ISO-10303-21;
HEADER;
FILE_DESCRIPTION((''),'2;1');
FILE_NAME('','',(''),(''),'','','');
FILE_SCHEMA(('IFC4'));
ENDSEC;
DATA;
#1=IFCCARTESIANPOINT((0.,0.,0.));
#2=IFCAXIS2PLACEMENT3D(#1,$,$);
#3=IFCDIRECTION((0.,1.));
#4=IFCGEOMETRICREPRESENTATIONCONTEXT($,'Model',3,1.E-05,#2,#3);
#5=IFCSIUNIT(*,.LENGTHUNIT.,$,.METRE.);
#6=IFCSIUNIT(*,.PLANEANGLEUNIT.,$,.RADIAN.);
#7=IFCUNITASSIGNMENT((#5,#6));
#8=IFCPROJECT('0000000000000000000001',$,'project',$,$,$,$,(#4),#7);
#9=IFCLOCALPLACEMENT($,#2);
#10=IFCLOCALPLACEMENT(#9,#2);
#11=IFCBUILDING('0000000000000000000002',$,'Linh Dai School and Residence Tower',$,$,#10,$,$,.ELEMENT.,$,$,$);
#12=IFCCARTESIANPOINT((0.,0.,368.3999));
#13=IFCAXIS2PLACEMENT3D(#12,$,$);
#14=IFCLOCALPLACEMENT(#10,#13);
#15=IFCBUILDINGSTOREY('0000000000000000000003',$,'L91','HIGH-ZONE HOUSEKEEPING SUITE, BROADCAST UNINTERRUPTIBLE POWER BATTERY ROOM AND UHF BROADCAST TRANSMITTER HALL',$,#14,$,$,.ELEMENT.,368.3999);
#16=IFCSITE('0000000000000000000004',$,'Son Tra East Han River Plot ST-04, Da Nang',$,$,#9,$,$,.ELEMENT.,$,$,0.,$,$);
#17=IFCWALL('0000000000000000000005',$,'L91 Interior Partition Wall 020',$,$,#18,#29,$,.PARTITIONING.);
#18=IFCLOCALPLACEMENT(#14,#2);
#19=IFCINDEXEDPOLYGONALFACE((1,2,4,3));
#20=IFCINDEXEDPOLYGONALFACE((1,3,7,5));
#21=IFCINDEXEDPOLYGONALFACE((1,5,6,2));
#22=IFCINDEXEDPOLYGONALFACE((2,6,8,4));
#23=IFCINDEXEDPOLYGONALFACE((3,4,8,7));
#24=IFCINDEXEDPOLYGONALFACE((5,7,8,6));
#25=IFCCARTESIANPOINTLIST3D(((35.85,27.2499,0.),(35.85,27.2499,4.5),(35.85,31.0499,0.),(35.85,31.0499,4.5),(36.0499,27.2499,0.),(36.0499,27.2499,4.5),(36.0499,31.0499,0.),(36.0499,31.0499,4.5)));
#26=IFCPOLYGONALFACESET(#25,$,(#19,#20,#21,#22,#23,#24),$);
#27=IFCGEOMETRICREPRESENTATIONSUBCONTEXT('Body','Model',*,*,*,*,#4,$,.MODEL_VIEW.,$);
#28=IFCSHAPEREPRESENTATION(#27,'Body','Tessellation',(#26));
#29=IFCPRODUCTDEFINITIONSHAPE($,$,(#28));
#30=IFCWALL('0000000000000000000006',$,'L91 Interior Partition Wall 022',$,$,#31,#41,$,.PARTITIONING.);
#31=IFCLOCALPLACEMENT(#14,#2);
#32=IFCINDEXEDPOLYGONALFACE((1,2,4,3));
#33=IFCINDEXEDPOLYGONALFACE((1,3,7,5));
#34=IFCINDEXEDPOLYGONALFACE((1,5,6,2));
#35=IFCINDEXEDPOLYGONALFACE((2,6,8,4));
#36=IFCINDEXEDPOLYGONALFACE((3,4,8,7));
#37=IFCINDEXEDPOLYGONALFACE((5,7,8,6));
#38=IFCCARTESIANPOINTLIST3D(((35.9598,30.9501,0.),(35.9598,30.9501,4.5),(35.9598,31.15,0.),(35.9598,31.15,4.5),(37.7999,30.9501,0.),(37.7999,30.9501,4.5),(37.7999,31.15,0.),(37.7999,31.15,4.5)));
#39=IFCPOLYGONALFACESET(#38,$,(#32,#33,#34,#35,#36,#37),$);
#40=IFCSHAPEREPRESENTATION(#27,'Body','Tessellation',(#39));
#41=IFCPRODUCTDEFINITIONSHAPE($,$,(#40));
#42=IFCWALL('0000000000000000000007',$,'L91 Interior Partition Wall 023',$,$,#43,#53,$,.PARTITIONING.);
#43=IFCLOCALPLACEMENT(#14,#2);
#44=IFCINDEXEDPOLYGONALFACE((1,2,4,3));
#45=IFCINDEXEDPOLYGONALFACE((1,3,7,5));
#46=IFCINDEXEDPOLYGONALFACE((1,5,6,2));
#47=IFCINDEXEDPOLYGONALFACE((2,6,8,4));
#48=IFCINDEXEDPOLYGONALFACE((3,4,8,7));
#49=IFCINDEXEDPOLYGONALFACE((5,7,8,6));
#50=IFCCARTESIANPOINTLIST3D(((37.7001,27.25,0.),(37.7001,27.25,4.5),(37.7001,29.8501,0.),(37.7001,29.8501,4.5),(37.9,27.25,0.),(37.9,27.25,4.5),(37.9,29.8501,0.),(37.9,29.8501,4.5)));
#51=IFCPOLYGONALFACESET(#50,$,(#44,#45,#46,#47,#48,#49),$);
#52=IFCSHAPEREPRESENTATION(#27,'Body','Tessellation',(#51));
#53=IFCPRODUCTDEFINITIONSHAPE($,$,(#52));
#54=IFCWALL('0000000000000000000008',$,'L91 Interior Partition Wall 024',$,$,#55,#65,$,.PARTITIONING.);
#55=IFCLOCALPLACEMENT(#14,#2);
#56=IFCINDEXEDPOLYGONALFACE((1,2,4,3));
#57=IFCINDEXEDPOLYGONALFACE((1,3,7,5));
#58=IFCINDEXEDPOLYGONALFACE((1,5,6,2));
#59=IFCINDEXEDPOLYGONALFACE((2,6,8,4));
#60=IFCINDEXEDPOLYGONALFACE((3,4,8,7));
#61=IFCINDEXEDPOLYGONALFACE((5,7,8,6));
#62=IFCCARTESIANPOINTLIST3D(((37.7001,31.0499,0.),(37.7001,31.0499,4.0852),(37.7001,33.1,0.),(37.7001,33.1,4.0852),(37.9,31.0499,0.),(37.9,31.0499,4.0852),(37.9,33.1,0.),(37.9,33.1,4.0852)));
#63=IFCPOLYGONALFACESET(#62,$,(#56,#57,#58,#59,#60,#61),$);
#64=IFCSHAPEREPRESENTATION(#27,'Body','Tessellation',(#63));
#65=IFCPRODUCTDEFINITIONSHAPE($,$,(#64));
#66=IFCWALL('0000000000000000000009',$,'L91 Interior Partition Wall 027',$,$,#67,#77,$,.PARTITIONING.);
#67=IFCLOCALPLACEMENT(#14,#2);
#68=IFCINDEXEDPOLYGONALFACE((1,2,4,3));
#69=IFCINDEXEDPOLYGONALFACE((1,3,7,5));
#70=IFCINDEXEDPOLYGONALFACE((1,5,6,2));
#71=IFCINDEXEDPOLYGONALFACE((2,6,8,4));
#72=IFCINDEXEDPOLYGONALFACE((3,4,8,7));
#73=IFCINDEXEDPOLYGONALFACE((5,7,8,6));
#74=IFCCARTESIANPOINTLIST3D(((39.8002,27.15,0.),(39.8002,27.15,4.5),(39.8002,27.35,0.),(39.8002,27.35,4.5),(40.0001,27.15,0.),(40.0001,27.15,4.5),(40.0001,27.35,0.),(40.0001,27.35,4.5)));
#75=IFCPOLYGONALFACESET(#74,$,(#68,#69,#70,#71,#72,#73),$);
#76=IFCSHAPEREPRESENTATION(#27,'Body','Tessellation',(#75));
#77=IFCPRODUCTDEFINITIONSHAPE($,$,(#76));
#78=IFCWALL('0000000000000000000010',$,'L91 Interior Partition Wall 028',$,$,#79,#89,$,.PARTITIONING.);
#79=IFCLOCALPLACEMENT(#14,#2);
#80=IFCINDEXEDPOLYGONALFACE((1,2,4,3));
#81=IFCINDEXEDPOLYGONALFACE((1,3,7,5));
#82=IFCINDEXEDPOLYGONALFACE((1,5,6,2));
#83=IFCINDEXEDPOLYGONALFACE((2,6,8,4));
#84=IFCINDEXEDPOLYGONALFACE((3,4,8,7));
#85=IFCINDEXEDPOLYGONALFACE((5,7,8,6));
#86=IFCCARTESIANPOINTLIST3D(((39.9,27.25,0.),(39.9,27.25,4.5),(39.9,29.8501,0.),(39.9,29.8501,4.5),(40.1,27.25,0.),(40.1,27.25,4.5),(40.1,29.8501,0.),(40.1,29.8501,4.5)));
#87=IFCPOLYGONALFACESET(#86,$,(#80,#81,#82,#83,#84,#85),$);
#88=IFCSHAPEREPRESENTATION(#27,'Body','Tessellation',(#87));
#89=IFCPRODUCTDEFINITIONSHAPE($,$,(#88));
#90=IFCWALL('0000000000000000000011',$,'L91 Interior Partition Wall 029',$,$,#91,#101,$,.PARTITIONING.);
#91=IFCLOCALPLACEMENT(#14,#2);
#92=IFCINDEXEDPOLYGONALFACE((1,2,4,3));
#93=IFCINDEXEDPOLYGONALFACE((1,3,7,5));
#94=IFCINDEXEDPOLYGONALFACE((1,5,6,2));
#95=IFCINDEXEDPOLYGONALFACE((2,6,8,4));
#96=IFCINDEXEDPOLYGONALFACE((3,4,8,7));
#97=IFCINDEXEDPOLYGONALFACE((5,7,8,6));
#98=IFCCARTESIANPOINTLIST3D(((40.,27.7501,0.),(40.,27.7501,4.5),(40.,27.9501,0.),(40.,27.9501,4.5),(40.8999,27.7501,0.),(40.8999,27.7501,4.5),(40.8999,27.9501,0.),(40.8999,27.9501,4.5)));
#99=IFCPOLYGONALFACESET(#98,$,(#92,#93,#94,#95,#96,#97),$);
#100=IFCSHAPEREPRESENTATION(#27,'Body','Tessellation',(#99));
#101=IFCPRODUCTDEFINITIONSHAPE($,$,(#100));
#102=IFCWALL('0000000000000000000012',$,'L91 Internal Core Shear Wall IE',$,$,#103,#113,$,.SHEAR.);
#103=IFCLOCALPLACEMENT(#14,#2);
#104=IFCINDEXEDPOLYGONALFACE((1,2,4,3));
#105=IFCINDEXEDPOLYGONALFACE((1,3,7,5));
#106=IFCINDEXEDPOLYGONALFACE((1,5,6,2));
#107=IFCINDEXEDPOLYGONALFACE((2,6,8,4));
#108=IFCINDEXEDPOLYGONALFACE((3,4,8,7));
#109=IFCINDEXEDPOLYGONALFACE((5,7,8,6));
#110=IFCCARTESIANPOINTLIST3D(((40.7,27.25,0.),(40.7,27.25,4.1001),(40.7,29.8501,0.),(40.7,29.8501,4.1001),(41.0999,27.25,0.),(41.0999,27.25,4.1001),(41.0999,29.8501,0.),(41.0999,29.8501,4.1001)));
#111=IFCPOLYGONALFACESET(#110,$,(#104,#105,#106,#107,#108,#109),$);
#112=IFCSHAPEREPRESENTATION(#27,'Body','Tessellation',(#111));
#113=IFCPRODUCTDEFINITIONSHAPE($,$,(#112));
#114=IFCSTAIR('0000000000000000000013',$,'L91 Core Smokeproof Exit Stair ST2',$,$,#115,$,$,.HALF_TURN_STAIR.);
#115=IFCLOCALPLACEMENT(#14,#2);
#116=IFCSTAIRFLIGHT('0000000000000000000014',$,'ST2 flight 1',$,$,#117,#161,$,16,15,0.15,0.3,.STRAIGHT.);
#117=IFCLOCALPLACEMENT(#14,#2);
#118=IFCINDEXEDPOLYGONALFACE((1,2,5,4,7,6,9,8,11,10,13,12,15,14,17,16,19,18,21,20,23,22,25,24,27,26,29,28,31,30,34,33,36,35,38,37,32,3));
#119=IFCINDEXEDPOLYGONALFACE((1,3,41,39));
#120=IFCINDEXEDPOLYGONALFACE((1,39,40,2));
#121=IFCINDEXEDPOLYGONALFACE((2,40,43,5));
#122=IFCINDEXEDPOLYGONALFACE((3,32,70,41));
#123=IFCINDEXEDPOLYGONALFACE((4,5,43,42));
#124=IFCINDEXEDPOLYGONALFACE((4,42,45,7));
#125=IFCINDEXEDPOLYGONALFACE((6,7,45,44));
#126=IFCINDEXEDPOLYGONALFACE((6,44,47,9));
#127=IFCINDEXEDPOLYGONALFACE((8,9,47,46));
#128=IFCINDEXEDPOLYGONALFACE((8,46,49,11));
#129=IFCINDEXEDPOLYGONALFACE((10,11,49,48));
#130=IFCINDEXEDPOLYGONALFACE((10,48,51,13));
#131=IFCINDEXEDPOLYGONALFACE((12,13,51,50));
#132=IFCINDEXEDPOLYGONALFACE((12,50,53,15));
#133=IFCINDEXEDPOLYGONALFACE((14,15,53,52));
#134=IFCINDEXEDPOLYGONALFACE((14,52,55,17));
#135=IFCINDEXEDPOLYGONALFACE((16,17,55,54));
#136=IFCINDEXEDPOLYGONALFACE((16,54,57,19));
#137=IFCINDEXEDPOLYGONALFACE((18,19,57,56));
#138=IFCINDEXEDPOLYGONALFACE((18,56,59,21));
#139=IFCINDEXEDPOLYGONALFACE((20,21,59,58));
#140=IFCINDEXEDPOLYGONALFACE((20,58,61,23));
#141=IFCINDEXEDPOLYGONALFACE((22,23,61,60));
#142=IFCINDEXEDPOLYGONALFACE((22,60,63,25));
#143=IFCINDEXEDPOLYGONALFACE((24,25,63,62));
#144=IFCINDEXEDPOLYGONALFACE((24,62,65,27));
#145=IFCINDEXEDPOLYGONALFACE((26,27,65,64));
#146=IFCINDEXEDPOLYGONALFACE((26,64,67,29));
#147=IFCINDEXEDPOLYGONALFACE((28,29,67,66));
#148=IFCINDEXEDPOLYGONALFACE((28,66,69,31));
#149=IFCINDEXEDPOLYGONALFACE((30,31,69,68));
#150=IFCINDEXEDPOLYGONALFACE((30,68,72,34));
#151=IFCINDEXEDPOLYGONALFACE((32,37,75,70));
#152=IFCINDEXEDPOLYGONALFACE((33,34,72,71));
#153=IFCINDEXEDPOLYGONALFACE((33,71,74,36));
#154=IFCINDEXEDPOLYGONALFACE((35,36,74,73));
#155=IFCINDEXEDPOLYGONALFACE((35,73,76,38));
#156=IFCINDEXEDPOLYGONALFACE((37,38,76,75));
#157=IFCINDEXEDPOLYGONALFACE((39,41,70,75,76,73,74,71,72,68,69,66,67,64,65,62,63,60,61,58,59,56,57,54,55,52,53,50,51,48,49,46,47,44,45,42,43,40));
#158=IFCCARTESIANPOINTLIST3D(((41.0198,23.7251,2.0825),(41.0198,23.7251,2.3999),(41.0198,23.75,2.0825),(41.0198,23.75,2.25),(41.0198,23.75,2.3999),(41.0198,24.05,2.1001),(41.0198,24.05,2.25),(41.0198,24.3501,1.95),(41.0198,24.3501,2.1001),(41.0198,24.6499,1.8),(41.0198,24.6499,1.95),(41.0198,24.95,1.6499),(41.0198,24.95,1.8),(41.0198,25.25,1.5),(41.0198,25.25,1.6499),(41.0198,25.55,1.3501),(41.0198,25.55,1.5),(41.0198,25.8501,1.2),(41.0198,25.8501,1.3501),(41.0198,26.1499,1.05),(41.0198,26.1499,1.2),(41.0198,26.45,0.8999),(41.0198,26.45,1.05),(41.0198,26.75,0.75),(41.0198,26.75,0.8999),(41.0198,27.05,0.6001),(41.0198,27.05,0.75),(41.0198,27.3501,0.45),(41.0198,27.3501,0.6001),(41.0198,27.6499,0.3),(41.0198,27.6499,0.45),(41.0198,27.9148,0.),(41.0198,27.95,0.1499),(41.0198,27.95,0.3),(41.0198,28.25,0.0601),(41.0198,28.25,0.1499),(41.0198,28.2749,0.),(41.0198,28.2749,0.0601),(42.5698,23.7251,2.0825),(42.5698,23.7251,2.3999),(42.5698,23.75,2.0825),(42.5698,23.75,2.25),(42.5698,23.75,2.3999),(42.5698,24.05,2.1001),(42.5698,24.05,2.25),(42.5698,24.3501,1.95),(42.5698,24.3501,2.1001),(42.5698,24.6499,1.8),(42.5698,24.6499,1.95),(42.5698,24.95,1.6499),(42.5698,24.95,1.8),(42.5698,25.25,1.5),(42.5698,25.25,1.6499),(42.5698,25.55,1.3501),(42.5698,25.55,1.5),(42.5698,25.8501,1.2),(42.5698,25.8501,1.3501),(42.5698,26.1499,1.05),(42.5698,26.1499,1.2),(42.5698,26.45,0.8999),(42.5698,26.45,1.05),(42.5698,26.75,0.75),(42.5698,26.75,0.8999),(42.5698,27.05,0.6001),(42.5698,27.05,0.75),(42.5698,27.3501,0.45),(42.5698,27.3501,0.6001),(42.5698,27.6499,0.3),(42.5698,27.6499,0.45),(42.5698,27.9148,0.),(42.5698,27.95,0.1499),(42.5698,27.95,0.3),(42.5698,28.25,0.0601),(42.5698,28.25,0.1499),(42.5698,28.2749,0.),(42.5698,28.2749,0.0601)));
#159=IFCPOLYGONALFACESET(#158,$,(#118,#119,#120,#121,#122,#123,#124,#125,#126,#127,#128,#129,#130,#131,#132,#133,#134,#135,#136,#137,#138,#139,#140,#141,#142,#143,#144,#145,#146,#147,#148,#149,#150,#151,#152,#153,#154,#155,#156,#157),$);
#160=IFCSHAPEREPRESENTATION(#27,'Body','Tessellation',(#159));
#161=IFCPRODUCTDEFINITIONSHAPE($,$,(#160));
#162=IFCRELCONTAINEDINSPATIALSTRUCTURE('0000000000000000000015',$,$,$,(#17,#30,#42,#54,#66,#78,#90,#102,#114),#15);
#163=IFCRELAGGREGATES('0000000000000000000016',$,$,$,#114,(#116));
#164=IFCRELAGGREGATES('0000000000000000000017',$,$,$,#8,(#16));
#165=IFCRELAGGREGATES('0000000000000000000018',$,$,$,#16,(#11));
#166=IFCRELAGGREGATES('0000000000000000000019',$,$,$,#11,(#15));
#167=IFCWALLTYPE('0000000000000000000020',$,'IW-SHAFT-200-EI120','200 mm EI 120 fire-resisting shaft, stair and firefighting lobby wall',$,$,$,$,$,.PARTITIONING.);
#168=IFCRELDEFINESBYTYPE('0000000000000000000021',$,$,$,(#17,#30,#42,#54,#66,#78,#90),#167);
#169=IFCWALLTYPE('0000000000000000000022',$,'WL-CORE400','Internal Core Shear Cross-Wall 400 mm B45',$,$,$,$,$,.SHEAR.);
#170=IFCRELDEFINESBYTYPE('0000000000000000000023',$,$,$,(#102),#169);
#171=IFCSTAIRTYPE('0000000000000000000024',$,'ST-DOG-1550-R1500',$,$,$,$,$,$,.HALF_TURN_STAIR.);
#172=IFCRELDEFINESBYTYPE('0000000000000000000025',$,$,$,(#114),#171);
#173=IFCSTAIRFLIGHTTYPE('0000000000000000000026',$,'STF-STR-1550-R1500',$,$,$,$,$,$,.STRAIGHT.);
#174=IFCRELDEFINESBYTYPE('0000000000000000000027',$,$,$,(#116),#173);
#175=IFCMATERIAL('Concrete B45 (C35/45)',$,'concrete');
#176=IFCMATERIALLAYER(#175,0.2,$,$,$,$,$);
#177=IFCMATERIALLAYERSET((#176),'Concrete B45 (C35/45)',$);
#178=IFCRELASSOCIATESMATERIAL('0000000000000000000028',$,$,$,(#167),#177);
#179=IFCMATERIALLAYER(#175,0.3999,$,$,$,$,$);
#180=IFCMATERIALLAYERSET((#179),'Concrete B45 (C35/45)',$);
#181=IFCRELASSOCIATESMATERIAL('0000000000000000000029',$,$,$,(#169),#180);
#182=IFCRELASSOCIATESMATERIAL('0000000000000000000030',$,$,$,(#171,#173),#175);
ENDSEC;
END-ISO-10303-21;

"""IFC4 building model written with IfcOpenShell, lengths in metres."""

from ifc_helpers import new_model, si_unit, direction, frame, frame_2d, origin, place, context, subcontext, project, spatial, polyline, rectangle, outline, extrude, source, transform, mapped, material, layer, layer_set, type_object, element, aggregate, save


model = new_model("IFC4")

# Units and contexts
model_context = context("Model", 3, precision=1e-05, world=origin(), true_north=direction((0.0, 1.0)))
body_context = subcontext(model_context, "Body", "Model", "MODEL_VIEW")
ifc_project = project(units=[si_unit("LENGTHUNIT", "METRE"), si_unit("PLANEANGLEUNIT", "RADIAN")], contexts=[model_context])

# Site, building, storey
site_placement = place(None, origin())
site = spatial("IfcSite", under=ifc_project, at=site_placement, Name="Son Tra East Han River Plot ST-04, Da Nang", CompositionType="ELEMENT", RefElevation=0.0)
building_placement = place(site_placement, origin())
building = spatial("IfcBuilding", under=site, at=building_placement, Name="Linh Dai School and Residence Tower", CompositionType="ELEMENT")
storey_placement = place(building_placement, frame((0.0, 0.0, 368.3999)))
storey = spatial("IfcBuildingStorey", under=building, at=storey_placement, Name="L91", Description="HIGH-ZONE HOUSEKEEPING SUITE, BROADCAST UNINTERRUPTIBLE POWER BATTERY ROOM AND UHF BROADCAST TRANSMITTER HALL", CompositionType="ELEMENT", Elevation=368.3999)

# Wall
ifc_material_1 = material(Name="Concrete B45 (C35/45)", Category="concrete")
ifc_layer_1 = layer(ifc_material_1, 0.2)
ifc_layer_set_1 = layer_set([ifc_layer_1], Name="Concrete B45 (C35/45)")
wall_type_1 = type_object("IfcWallType", Name="IW-SHAFT-200-EI120", Description="200 mm EI 120 fire-resisting shaft, stair and firefighting lobby wall", PredefinedType="PARTITIONING", material=ifc_layer_set_1)
wall_1_placement = place(storey_placement, frame((35.95, 27.25, 0.0), z_axis=(0.0, 0.0, 1.0), x_axis=(0.0, 1.0, 0.0)))
element("IfcWall", 1, at=wall_1_placement, inside=storey, type_object=wall_type_1, Name="L91 Interior Partition Wall 020", PredefinedType="PARTITIONING", context=body_context, shape_type="SweptSolid", body=[
    extrude(rectangle(XDim=3.8, YDim=0.2, at=frame_2d((1.8999, 0.0))), origin(), (0.0, 0.0, 1.0), 4.5),
])

# Walls
wall_2_placement = place(storey_placement, frame((35.96, 31.05, 0.0), z_axis=(0.0, 0.0, 1.0), x_axis=(1.0, 0.0, 0.0)))
element("IfcWall", 2, at=wall_2_placement, inside=storey, type_object=wall_type_1, Name="L91 Interior Partition Wall 022", PredefinedType="PARTITIONING", context=body_context, shape_type="SweptSolid", body=[
    extrude(rectangle(XDim=1.8401, YDim=0.2, at=frame_2d((0.9199, 0.0))), origin(), (0.0, 0.0, 1.0), 4.5),
])
wall_3_placement = place(storey_placement, frame((37.8, 27.25, 0.0), z_axis=(0.0, 0.0, 1.0), x_axis=(0.0, 1.0, 0.0)))
element("IfcWall", 3, at=wall_3_placement, inside=storey, type_object=wall_type_1, Name="L91 Interior Partition Wall 023", PredefinedType="PARTITIONING", context=body_context, shape_type="SweptSolid", body=[
    extrude(rectangle(XDim=2.6001, YDim=0.2, at=frame_2d((1.3, 0.0))), origin(), (0.0, 0.0, 1.0), 4.5),
])
wall_4_placement = place(storey_placement, frame((37.8, 31.05, 0.0), z_axis=(0.0, 0.0, 1.0), x_axis=(0.0, 1.0, 0.0)))
element("IfcWall", 4, at=wall_4_placement, inside=storey, type_object=wall_type_1, Name="L91 Interior Partition Wall 024", PredefinedType="PARTITIONING", context=body_context, shape_type="SweptSolid", body=[
    extrude(rectangle(XDim=2.05, YDim=0.2, at=frame_2d((1.0249, 0.0))), origin(), (0.0, 0.0, 1.0), 4.0852),
])
wall_5_placement = place(storey_placement, frame((39.8, 27.25, 0.0), z_axis=(0.0, 0.0, 1.0), x_axis=(1.0, 0.0, 0.0)))
element("IfcWall", 5, at=wall_5_placement, inside=storey, type_object=wall_type_1, Name="L91 Interior Partition Wall 027", PredefinedType="PARTITIONING", context=body_context, shape_type="SweptSolid", body=[
    extrude(rectangle(XDim=0.2, YDim=0.2, at=frame_2d((0.1001, 0.0))), origin(), (0.0, 0.0, 1.0), 4.5),
])
wall_6_placement = place(storey_placement, frame((40.0, 27.25, 0.0), z_axis=(0.0, 0.0, 1.0), x_axis=(0.0, 1.0, 0.0)))
element("IfcWall", 6, at=wall_6_placement, inside=storey, type_object=wall_type_1, Name="L91 Interior Partition Wall 028", PredefinedType="PARTITIONING", context=body_context, shape_type="SweptSolid", body=[
    extrude(rectangle(XDim=2.6001, YDim=0.2, at=frame_2d((1.3, 0.0))), origin(), (0.0, 0.0, 1.0), 4.5),
])
wall_7_placement = place(storey_placement, frame((40.0, 27.8501, 0.0), z_axis=(0.0, 0.0, 1.0), x_axis=(1.0, 0.0, 0.0)))
element("IfcWall", 7, at=wall_7_placement, inside=storey, type_object=wall_type_1, Name="L91 Interior Partition Wall 029", PredefinedType="PARTITIONING", context=body_context, shape_type="SweptSolid", body=[
    extrude(rectangle(XDim=0.8999, YDim=0.2, at=frame_2d((0.45, 0.0))), origin(), (0.0, 0.0, 1.0), 4.5),
])
ifc_layer_2 = layer(ifc_material_1, 0.3999)
ifc_layer_set_2 = layer_set([ifc_layer_2], Name="Concrete B45 (C35/45)")
wall_type_2 = type_object("IfcWallType", Name="WL-CORE400", Description="Internal Core Shear Cross-Wall 400 mm B45", PredefinedType="SHEAR", material=ifc_layer_set_2)
wall_8_placement = place(storey_placement, frame((40.8999, 27.25, 0.0), z_axis=(0.0, 0.0, 1.0), x_axis=(0.0, 1.0, 0.0)))
element("IfcWall", 8, at=wall_8_placement, inside=storey, type_object=wall_type_2, Name="L91 Internal Core Shear Wall IE", PredefinedType="SHEAR", context=body_context, shape_type="SweptSolid", body=[
    extrude(rectangle(XDim=2.6001, YDim=0.3999, at=frame_2d((1.3, 0.0))), origin(), (0.0, 0.0, 1.0), 4.1001),
])

# Stair, stair flight
stair_type = type_object("IfcStairType", Name="ST-DOG-1550-R1500", PredefinedType="HALF_TURN_STAIR", material=ifc_material_1)
stair_placement = place(storey_placement, origin())
stair = element("IfcStair", 9, at=stair_placement, inside=storey, type_object=stair_type, Name="L91 Core Smokeproof Exit Stair ST2", PredefinedType="HALF_TURN_STAIR")
stair_flight_type = type_object("IfcStairFlightType", Name="STF-STR-1550-R1500", PredefinedType="STRAIGHT", material=ifc_material_1)
shared_shape_1 = source(origin(), body_context, "Body", "SweptSolid", [
    extrude(outline(polyline([(-0.0249, 0.0), (-0.0249, 0.0601), (0.0, 0.0601), (0.0, 0.1499), (0.3, 0.1499), (0.3, 0.3), (0.6001, 0.3), (0.6001, 0.45), (0.8999, 0.45), (0.8999, 0.6001), (1.2, 0.6001), (1.2, 0.75), (1.5, 0.75), (1.5, 0.8999), (1.8, 0.8999), (1.8, 1.05), (2.1001, 1.05), (2.1001, 1.2), (2.3999, 1.2), (2.3999, 1.3501), (2.7, 1.3501), (2.7, 1.5), (3.0, 1.5), (3.0, 1.6499), (3.3, 1.6499), (3.3, 1.8), (3.6001, 1.8), (3.6001, 1.95), (3.8999, 1.95), (3.8999, 2.1001), (4.2, 2.1001), (4.2, 2.25), (4.5, 2.25), (4.5, 2.3999), (4.5249, 2.3999), (4.5249, 2.0825), (4.5, 2.0825), (0.3352, 0.0), (-0.0249, 0.0)])), frame((0.0, 0.7749, 0.0), z_axis=(0.0, -1.0, 0.0), x_axis=(1.0, 0.0, 0.0)), (0.0, 0.0, 1.0), 1.55),
])
stair_flight_placement = place(storey_placement, frame((41.7949, 28.25, 0.0), z_axis=(0.0, 0.0, 1.0), x_axis=(0.0, -1.0, 0.0)))
stair_flight = element("IfcStairFlight", 10, at=stair_flight_placement, type_object=stair_flight_type, Name="ST2 flight 1", NumberOfRisers=16, NumberOfTreads=15, PredefinedType="STRAIGHT", RiserHeight=0.15, TreadLength=0.3, context=body_context, shape_type="MappedRepresentation", body=[
    mapped(shared_shape_1, transform((0.0, 0.0, 0.0), x_axis=(1.0, 0.0, 0.0), y_axis=(0.0, 1.0, 0.0), z_axis=(0.0, 0.0, 1.0), scale=1.0)),
])
aggregate(stair, [stair_flight])

save(model, "model.ifc")
